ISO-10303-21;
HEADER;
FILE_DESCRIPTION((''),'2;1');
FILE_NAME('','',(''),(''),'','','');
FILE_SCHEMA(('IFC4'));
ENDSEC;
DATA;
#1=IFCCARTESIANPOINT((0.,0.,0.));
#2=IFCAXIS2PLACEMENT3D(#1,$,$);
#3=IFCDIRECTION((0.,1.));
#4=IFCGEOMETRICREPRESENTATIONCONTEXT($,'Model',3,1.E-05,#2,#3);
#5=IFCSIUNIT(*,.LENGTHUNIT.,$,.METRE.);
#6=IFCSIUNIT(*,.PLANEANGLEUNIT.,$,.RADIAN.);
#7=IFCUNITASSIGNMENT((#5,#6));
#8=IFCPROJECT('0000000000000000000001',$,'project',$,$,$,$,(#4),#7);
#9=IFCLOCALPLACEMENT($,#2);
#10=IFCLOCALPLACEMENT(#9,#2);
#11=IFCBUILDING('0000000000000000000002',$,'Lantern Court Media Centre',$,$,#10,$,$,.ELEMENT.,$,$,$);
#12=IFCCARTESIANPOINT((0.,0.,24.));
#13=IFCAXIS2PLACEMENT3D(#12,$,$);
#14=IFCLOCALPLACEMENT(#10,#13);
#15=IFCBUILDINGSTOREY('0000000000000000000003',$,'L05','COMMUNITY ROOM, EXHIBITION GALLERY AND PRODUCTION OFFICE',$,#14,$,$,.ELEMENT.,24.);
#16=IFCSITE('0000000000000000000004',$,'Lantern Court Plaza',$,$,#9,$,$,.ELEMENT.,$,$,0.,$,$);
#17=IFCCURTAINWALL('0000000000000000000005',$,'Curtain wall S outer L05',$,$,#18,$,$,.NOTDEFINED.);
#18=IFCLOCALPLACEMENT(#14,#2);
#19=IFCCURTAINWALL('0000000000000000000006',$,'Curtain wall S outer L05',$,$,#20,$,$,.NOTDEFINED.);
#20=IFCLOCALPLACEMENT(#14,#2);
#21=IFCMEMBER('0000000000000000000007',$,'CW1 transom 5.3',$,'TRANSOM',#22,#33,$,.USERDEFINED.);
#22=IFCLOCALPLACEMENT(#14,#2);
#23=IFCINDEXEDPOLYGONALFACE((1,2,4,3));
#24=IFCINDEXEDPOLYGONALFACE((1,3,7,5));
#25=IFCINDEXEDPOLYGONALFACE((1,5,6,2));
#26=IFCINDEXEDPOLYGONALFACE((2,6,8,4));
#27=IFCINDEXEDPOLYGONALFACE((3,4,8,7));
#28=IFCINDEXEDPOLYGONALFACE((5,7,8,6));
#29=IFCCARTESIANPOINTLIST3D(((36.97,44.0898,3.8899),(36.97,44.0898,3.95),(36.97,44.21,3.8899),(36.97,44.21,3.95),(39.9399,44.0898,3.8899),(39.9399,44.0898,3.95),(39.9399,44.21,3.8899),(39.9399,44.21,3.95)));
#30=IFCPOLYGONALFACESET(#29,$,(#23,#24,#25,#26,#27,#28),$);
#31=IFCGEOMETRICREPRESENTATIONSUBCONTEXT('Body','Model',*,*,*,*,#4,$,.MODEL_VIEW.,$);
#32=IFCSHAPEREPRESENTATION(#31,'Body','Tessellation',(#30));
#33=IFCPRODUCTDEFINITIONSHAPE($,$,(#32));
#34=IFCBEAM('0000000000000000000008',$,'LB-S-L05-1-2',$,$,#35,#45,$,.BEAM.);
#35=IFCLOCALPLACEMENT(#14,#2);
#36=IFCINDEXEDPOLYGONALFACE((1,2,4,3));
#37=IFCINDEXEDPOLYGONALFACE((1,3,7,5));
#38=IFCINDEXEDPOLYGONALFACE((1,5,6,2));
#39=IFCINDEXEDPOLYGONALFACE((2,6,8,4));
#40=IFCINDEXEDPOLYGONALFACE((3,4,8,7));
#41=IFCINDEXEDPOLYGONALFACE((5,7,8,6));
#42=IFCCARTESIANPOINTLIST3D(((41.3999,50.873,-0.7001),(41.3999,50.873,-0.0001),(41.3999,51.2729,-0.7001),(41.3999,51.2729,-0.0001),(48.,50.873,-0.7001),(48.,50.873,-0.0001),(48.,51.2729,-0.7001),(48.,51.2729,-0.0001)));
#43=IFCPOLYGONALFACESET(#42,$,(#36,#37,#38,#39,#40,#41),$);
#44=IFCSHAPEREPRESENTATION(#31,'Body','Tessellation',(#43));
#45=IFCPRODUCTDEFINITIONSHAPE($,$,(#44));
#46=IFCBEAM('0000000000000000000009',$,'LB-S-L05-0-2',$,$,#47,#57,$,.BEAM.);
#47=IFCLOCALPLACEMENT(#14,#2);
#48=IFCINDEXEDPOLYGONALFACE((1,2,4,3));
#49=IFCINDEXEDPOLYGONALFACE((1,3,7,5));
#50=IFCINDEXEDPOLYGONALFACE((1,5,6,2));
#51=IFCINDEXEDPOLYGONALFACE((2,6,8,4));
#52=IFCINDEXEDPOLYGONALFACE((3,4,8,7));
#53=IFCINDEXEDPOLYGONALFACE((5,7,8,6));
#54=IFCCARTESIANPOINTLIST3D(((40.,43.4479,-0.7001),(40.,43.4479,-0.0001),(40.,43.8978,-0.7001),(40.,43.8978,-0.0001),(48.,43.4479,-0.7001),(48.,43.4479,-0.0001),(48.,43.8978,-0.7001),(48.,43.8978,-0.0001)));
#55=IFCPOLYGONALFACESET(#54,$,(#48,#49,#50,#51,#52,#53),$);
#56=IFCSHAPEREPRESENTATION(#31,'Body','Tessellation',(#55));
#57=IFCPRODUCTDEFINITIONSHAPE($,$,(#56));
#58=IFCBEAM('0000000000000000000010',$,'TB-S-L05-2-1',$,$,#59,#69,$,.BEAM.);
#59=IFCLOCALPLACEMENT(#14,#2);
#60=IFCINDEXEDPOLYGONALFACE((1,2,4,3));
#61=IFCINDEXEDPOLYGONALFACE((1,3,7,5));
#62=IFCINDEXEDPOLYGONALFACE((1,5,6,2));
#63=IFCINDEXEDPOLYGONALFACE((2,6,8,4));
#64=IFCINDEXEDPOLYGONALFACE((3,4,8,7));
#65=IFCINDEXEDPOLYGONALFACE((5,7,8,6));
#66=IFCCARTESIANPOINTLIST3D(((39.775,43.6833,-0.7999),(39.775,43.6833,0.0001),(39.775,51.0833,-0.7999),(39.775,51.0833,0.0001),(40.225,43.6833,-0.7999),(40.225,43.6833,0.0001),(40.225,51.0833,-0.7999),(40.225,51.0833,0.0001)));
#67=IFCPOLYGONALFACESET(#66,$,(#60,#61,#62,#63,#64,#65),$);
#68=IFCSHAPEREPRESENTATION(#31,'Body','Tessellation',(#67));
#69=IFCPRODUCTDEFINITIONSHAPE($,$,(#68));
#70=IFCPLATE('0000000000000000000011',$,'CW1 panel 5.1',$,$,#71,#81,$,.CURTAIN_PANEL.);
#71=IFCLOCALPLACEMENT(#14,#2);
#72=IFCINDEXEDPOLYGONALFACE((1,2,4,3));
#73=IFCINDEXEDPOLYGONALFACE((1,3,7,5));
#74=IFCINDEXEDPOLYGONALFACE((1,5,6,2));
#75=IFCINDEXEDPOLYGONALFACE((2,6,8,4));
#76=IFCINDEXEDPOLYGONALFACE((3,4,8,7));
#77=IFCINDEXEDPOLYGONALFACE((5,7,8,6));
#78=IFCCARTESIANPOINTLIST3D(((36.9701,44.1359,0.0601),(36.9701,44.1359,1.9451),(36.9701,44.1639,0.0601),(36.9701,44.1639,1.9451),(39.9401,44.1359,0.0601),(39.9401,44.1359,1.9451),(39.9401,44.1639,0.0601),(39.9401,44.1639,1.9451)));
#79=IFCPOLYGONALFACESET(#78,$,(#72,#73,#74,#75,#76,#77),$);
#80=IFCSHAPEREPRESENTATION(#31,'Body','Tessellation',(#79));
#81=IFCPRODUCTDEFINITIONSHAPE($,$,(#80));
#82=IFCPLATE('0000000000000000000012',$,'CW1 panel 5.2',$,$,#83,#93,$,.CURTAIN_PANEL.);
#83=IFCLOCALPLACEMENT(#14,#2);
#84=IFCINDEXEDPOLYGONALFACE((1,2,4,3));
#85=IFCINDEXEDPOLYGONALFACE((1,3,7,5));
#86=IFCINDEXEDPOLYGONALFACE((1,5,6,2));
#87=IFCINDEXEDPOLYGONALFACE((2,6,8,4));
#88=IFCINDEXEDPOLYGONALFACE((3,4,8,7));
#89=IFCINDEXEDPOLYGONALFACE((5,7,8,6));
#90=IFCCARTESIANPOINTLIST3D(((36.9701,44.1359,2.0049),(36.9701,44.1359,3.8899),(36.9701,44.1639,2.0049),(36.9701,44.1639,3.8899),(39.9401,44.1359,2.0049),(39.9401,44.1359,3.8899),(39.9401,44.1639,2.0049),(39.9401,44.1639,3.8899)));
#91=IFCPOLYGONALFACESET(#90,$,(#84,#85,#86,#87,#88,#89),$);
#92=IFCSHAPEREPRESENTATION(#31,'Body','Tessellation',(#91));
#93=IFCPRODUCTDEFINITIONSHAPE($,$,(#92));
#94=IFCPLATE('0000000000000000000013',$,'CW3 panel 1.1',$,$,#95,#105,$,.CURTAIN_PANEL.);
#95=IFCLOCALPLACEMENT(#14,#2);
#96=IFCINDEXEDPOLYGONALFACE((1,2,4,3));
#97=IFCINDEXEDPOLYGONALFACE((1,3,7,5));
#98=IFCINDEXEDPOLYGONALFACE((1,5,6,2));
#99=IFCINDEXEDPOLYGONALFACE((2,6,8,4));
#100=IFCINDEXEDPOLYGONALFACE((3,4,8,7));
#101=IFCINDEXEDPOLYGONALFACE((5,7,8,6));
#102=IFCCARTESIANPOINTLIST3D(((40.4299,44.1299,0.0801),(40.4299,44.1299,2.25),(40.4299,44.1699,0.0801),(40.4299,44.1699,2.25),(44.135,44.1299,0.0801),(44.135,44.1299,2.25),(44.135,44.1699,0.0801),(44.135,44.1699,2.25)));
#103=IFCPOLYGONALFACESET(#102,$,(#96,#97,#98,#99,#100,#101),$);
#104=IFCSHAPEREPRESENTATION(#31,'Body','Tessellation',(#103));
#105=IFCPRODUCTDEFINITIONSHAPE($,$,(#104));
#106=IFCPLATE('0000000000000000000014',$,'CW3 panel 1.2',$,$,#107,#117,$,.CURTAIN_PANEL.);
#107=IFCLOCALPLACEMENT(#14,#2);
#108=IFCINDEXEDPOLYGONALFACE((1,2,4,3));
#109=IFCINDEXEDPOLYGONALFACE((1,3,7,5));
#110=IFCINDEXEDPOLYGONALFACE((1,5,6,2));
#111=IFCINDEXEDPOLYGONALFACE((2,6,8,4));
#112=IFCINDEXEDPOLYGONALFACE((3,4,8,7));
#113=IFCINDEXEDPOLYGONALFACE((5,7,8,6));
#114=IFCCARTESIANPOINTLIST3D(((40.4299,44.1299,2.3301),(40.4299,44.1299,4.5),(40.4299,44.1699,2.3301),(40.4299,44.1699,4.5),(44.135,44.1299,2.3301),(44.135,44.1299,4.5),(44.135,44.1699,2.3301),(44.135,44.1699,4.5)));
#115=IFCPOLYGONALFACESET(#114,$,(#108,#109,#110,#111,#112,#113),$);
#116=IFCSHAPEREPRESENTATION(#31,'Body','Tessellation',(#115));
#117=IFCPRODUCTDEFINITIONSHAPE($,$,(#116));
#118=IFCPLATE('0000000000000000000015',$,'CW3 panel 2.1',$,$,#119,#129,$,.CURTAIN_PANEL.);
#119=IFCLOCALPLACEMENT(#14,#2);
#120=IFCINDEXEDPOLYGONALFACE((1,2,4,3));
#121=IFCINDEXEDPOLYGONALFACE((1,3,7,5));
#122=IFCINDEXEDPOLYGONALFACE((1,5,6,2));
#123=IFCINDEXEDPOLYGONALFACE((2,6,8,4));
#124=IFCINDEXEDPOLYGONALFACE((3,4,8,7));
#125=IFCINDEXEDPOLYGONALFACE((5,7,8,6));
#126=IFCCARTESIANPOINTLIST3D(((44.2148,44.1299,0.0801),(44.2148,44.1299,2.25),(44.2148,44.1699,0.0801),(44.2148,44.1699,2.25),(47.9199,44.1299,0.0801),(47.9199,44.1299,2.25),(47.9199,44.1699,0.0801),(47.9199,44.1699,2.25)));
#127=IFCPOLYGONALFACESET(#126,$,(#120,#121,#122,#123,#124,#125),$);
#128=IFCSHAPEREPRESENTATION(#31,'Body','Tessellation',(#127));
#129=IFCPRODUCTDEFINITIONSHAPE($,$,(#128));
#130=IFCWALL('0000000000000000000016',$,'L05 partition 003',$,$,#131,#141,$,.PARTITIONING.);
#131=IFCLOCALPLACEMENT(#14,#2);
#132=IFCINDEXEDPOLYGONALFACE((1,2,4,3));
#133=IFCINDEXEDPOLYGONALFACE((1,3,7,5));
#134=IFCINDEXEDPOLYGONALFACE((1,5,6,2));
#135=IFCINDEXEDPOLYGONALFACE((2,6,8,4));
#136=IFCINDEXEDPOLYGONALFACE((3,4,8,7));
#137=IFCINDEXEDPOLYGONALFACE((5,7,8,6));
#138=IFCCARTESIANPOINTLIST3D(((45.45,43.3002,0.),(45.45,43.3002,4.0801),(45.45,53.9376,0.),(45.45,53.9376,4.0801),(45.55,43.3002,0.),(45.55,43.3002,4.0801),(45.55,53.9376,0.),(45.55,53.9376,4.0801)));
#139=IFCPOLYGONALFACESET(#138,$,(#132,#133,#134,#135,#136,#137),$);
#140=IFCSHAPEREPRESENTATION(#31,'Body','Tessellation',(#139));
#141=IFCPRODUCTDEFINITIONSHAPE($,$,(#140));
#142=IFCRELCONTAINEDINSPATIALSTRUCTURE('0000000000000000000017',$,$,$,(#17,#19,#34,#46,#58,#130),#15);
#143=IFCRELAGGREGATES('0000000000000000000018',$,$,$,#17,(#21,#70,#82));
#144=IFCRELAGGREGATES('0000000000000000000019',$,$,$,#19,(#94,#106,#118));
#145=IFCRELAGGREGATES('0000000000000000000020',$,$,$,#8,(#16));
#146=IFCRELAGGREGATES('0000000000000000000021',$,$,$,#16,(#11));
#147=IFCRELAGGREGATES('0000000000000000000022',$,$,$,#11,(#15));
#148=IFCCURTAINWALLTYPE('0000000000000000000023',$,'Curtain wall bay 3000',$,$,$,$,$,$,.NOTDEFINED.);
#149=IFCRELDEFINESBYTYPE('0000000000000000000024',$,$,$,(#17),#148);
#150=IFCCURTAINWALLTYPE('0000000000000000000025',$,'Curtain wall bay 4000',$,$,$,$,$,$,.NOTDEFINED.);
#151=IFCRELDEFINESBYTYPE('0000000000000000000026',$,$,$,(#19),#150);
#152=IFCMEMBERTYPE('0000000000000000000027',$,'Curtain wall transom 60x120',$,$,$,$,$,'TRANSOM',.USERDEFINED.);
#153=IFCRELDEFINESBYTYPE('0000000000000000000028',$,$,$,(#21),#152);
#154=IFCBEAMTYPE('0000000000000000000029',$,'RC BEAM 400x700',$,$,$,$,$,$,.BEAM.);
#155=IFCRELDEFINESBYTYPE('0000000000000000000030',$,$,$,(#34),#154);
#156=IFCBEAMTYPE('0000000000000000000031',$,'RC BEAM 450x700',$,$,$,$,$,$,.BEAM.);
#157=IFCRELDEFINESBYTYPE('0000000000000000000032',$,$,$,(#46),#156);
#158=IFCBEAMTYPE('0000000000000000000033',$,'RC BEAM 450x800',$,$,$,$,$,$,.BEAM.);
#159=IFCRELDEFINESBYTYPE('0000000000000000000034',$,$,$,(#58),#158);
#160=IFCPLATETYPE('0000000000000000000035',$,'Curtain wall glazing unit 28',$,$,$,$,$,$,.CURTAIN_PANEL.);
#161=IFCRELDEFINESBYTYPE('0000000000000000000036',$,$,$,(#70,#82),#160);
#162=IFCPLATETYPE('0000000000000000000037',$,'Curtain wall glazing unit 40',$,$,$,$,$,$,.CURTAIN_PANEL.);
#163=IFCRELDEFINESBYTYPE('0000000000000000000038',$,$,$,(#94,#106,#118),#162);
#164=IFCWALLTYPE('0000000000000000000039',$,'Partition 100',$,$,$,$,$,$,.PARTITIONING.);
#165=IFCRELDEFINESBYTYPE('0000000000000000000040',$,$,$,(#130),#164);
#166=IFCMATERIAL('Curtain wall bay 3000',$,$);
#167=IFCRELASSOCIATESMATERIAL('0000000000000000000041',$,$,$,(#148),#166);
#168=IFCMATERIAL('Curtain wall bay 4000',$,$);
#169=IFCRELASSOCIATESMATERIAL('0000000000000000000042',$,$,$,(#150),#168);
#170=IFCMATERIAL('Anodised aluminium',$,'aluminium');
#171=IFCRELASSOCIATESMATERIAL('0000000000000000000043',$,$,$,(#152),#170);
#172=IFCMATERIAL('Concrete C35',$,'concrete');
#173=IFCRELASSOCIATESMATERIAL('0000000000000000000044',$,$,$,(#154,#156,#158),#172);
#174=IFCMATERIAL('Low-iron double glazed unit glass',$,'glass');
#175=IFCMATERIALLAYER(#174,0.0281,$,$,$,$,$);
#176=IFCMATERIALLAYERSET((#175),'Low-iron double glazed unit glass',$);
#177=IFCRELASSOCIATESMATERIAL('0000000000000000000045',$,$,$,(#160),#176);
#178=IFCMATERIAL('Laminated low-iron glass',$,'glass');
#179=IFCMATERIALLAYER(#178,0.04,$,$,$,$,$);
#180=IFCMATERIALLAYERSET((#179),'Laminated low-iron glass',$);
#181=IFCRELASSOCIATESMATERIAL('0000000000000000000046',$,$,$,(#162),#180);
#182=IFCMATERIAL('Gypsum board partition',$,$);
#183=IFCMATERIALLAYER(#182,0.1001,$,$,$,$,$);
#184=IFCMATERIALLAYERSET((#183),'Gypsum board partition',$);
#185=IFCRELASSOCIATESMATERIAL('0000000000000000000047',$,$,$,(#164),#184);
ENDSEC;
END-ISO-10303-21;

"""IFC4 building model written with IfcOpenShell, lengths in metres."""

from ifc_helpers import new_model, si_unit, direction, frame, frame_2d, origin, origin_2d, place, context, subcontext, project, spatial, rectangle, extrude, material, layer, layer_set, material_profile, profile_set, type_object, element, aggregate, save


model = new_model("IFC4")

# Units and contexts
model_context = context("Model", 3, precision=1e-05, world=origin(), true_north=direction((0.0, 1.0)))
body_context = subcontext(model_context, "Body", "Model", "MODEL_VIEW")
ifc_project = project(units=[si_unit("LENGTHUNIT", "METRE"), si_unit("PLANEANGLEUNIT", "RADIAN")], contexts=[model_context])

# Site, building, storey
site_placement = place(None, origin())
site = spatial("IfcSite", under=ifc_project, at=site_placement, Name="Lantern Court Plaza", CompositionType="ELEMENT", RefElevation=0.0)
building_placement = place(site_placement, origin())
building = spatial("IfcBuilding", under=site, at=building_placement, Name="Lantern Court Media Centre", CompositionType="ELEMENT")
storey_placement = place(building_placement, frame((0.0, 0.0, 24.0)))
storey = spatial("IfcBuildingStorey", under=building, at=storey_placement, Name="L05", Description="COMMUNITY ROOM, EXHIBITION GALLERY AND PRODUCTION OFFICE", CompositionType="ELEMENT", Elevation=24.0)

# Shared definitions
ifc_material_1 = material(Name="Concrete C35", Category="concrete")

# Curtain walls
ifc_material_2 = material(Name="Curtain wall bay 3000")
curtain_wall_type_1 = type_object("IfcCurtainWallType", Name="Curtain wall bay 3000", PredefinedType="NOTDEFINED", material=ifc_material_2)
curtain_wall_1_placement = place(storey_placement, origin())
curtain_wall_1 = element("IfcCurtainWall", 1, at=curtain_wall_1_placement, inside=storey, type_object=curtain_wall_type_1, Name="Curtain wall S outer L05", PredefinedType="NOTDEFINED")
ifc_material_3 = material(Name="Anodised aluminium", Category="aluminium")
ifc_material_4 = material(Name="Curtain wall bay 4000")
curtain_wall_type_2 = type_object("IfcCurtainWallType", Name="Curtain wall bay 4000", PredefinedType="NOTDEFINED", material=ifc_material_4)
curtain_wall_2_placement = place(storey_placement, origin())
curtain_wall_2 = element("IfcCurtainWall", 2, at=curtain_wall_2_placement, inside=storey, type_object=curtain_wall_type_2, Name="Curtain wall S outer L05", PredefinedType="NOTDEFINED")

# Member
ifc_material_profile_1 = material_profile(ifc_material_3, rectangle(XDim=0.1201, YDim=0.0601, at=origin_2d()), Name="AL 60x120")
ifc_profile_set_1 = profile_set([ifc_material_profile_1], Name="Anodised aluminium")
member_type_1 = type_object("IfcMemberType", Name="Curtain wall transom 60x120", ElementType="TRANSOM", PredefinedType="USERDEFINED", material=ifc_profile_set_1)
member_1_placement = place(storey_placement, frame((36.97, 44.1499, 3.9199), z_axis=(1.0, 0.0, 0.0), x_axis=(0.0, 1.0, 0.0)))
member_1 = element("IfcMember", 3, at=member_1_placement, type_object=member_type_1, Name="CW1 transom 5.3", ObjectType="TRANSOM", PredefinedType="USERDEFINED", context=body_context, shape_type="SweptSolid", body=[
    extrude(rectangle(XDim=0.1201, YDim=0.0601, at=origin_2d()), origin(), (0.0, 0.0, 1.0), 2.97),
])

# Beams
ifc_material_profile_2 = material_profile(ifc_material_1, rectangle(XDim=0.3999, YDim=0.7, at=origin_2d()), Name="RC 400x700")
ifc_profile_set_2 = profile_set([ifc_material_profile_2], Name="Concrete C35")
beam_type_1 = type_object("IfcBeamType", Name="RC BEAM 400x700", PredefinedType="BEAM", material=ifc_profile_set_2)
beam_1_placement = place(storey_placement, frame((41.3999, 51.073, -0.3501), z_axis=(1.0, 0.0, 0.0), x_axis=(0.0, 1.0, 0.0)))
element("IfcBeam", 4, at=beam_1_placement, inside=storey, type_object=beam_type_1, Name="LB-S-L05-1-2", PredefinedType="BEAM", context=body_context, shape_type="SweptSolid", body=[
    extrude(rectangle(XDim=0.3999, YDim=0.7, at=origin_2d()), origin(), (0.0, 0.0, 1.0), 6.6001),
])
ifc_material_profile_3 = material_profile(ifc_material_1, rectangle(XDim=0.45, YDim=0.7, at=origin_2d()), Name="RC 450x700")
ifc_profile_set_3 = profile_set([ifc_material_profile_3], Name="Concrete C35")
beam_type_2 = type_object("IfcBeamType", Name="RC BEAM 450x700", PredefinedType="BEAM", material=ifc_profile_set_3)
beam_2_placement = place(storey_placement, frame((40.0, 43.6729, -0.3501), z_axis=(1.0, 0.0, 0.0), x_axis=(0.0, 1.0, 0.0)))
element("IfcBeam", 5, at=beam_2_placement, inside=storey, type_object=beam_type_2, Name="LB-S-L05-0-2", PredefinedType="BEAM", context=body_context, shape_type="SweptSolid", body=[
    extrude(rectangle(XDim=0.45, YDim=0.7, at=origin_2d()), origin(), (0.0, 0.0, 1.0), 8.0),
])
ifc_material_profile_4 = material_profile(ifc_material_1, rectangle(XDim=0.45, YDim=0.8, at=origin_2d()), Name="RC 450x800")
ifc_profile_set_4 = profile_set([ifc_material_profile_4], Name="Concrete C35")
beam_type_3 = type_object("IfcBeamType", Name="RC BEAM 450x800", PredefinedType="BEAM", material=ifc_profile_set_4)
beam_3_placement = place(storey_placement, frame((40.0, 43.6833, -0.3999), z_axis=(0.0, 1.0, 0.0), x_axis=(-1.0, 0.0, 0.0)))
element("IfcBeam", 6, at=beam_3_placement, inside=storey, type_object=beam_type_3, Name="TB-S-L05-2-1", PredefinedType="BEAM", context=body_context, shape_type="SweptSolid", body=[
    extrude(rectangle(XDim=0.45, YDim=0.8, at=origin_2d()), origin(), (0.0, 0.0, 1.0), 7.3999),
])

# Plates
ifc_material_5 = material(Name="Low-iron double glazed unit glass", Category="glass")
ifc_layer_1 = layer(ifc_material_5, 0.0281)
ifc_layer_set_1 = layer_set([ifc_layer_1], Name="Low-iron double glazed unit glass")
plate_type_1 = type_object("IfcPlateType", Name="Curtain wall glazing unit 28", PredefinedType="CURTAIN_PANEL", material=ifc_layer_set_1)
plate_1_placement = place(storey_placement, frame((38.4551, 44.1499, 0.0601), z_axis=(0.0, 0.0, 1.0), x_axis=(1.0, 0.0, 0.0)))
plate_1 = element("IfcPlate", 7, at=plate_1_placement, type_object=plate_type_1, Name="CW1 panel 5.1", PredefinedType="CURTAIN_PANEL", context=body_context, shape_type="SweptSolid", body=[
    extrude(rectangle(XDim=2.97, YDim=0.0281, at=origin_2d()), origin(), (0.0, 0.0, 1.0), 1.885),
])
plate_2_placement = place(storey_placement, frame((38.4551, 44.1499, 2.0049), z_axis=(0.0, 0.0, 1.0), x_axis=(1.0, 0.0, 0.0)))
plate_2 = element("IfcPlate", 8, at=plate_2_placement, type_object=plate_type_1, Name="CW1 panel 5.2", PredefinedType="CURTAIN_PANEL", context=body_context, shape_type="SweptSolid", body=[
    extrude(rectangle(XDim=2.97, YDim=0.0281, at=origin_2d()), origin(), (0.0, 0.0, 1.0), 1.885),
])
aggregate(curtain_wall_1, [member_1, plate_1, plate_2])
ifc_material_6 = material(Name="Laminated low-iron glass", Category="glass")
ifc_layer_2 = layer(ifc_material_6, 0.04)
ifc_layer_set_2 = layer_set([ifc_layer_2], Name="Laminated low-iron glass")
plate_type_2 = type_object("IfcPlateType", Name="Curtain wall glazing unit 40", PredefinedType="CURTAIN_PANEL", material=ifc_layer_set_2)
plate_3_placement = place(storey_placement, frame((42.2825, 44.1499, 0.0801), z_axis=(0.0, 0.0, 1.0), x_axis=(1.0, 0.0, 0.0)))
plate_3 = element("IfcPlate", 9, at=plate_3_placement, type_object=plate_type_2, Name="CW3 panel 1.1", PredefinedType="CURTAIN_PANEL", context=body_context, shape_type="SweptSolid", body=[
    extrude(rectangle(XDim=3.7051, YDim=0.04, at=origin_2d()), origin(), (0.0, 0.0, 1.0), 2.1699),
])
plate_4_placement = place(storey_placement, frame((42.2825, 44.1499, 2.3301), z_axis=(0.0, 0.0, 1.0), x_axis=(1.0, 0.0, 0.0)))
plate_4 = element("IfcPlate", 10, at=plate_4_placement, type_object=plate_type_2, Name="CW3 panel 1.2", PredefinedType="CURTAIN_PANEL", context=body_context, shape_type="SweptSolid", body=[
    extrude(rectangle(XDim=3.7051, YDim=0.04, at=origin_2d()), origin(), (0.0, 0.0, 1.0), 2.1699),
])
plate_5_placement = place(storey_placement, frame((46.0674, 44.1499, 0.0801), z_axis=(0.0, 0.0, 1.0), x_axis=(1.0, 0.0, 0.0)))
plate_5 = element("IfcPlate", 11, at=plate_5_placement, type_object=plate_type_2, Name="CW3 panel 2.1", PredefinedType="CURTAIN_PANEL", context=body_context, shape_type="SweptSolid", body=[
    extrude(rectangle(XDim=3.7051, YDim=0.04, at=origin_2d()), origin(), (0.0, 0.0, 1.0), 2.1699),
])
aggregate(curtain_wall_2, [plate_3, plate_4, plate_5])

# Wall
ifc_material_7 = material(Name="Gypsum board partition")
ifc_layer_3 = layer(ifc_material_7, 0.1001)
ifc_layer_set_3 = layer_set([ifc_layer_3], Name="Gypsum board partition")
wall_type = type_object("IfcWallType", Name="Partition 100", PredefinedType="PARTITIONING", material=ifc_layer_set_3)
wall_placement = place(storey_placement, frame((45.5, 43.3, 0.0), z_axis=(0.0, 0.0, 1.0), x_axis=(0.0, 1.0, 0.0)))
element("IfcWall", 12, at=wall_placement, inside=storey, type_object=wall_type, Name="L05 partition 003", PredefinedType="PARTITIONING", context=body_context, shape_type="SweptSolid", body=[
    extrude(rectangle(XDim=10.6375, YDim=0.1001, at=frame_2d((5.3188, 0.0))), origin(), (0.0, 0.0, 1.0), 4.0801),
])

save(model, "model.ifc")
